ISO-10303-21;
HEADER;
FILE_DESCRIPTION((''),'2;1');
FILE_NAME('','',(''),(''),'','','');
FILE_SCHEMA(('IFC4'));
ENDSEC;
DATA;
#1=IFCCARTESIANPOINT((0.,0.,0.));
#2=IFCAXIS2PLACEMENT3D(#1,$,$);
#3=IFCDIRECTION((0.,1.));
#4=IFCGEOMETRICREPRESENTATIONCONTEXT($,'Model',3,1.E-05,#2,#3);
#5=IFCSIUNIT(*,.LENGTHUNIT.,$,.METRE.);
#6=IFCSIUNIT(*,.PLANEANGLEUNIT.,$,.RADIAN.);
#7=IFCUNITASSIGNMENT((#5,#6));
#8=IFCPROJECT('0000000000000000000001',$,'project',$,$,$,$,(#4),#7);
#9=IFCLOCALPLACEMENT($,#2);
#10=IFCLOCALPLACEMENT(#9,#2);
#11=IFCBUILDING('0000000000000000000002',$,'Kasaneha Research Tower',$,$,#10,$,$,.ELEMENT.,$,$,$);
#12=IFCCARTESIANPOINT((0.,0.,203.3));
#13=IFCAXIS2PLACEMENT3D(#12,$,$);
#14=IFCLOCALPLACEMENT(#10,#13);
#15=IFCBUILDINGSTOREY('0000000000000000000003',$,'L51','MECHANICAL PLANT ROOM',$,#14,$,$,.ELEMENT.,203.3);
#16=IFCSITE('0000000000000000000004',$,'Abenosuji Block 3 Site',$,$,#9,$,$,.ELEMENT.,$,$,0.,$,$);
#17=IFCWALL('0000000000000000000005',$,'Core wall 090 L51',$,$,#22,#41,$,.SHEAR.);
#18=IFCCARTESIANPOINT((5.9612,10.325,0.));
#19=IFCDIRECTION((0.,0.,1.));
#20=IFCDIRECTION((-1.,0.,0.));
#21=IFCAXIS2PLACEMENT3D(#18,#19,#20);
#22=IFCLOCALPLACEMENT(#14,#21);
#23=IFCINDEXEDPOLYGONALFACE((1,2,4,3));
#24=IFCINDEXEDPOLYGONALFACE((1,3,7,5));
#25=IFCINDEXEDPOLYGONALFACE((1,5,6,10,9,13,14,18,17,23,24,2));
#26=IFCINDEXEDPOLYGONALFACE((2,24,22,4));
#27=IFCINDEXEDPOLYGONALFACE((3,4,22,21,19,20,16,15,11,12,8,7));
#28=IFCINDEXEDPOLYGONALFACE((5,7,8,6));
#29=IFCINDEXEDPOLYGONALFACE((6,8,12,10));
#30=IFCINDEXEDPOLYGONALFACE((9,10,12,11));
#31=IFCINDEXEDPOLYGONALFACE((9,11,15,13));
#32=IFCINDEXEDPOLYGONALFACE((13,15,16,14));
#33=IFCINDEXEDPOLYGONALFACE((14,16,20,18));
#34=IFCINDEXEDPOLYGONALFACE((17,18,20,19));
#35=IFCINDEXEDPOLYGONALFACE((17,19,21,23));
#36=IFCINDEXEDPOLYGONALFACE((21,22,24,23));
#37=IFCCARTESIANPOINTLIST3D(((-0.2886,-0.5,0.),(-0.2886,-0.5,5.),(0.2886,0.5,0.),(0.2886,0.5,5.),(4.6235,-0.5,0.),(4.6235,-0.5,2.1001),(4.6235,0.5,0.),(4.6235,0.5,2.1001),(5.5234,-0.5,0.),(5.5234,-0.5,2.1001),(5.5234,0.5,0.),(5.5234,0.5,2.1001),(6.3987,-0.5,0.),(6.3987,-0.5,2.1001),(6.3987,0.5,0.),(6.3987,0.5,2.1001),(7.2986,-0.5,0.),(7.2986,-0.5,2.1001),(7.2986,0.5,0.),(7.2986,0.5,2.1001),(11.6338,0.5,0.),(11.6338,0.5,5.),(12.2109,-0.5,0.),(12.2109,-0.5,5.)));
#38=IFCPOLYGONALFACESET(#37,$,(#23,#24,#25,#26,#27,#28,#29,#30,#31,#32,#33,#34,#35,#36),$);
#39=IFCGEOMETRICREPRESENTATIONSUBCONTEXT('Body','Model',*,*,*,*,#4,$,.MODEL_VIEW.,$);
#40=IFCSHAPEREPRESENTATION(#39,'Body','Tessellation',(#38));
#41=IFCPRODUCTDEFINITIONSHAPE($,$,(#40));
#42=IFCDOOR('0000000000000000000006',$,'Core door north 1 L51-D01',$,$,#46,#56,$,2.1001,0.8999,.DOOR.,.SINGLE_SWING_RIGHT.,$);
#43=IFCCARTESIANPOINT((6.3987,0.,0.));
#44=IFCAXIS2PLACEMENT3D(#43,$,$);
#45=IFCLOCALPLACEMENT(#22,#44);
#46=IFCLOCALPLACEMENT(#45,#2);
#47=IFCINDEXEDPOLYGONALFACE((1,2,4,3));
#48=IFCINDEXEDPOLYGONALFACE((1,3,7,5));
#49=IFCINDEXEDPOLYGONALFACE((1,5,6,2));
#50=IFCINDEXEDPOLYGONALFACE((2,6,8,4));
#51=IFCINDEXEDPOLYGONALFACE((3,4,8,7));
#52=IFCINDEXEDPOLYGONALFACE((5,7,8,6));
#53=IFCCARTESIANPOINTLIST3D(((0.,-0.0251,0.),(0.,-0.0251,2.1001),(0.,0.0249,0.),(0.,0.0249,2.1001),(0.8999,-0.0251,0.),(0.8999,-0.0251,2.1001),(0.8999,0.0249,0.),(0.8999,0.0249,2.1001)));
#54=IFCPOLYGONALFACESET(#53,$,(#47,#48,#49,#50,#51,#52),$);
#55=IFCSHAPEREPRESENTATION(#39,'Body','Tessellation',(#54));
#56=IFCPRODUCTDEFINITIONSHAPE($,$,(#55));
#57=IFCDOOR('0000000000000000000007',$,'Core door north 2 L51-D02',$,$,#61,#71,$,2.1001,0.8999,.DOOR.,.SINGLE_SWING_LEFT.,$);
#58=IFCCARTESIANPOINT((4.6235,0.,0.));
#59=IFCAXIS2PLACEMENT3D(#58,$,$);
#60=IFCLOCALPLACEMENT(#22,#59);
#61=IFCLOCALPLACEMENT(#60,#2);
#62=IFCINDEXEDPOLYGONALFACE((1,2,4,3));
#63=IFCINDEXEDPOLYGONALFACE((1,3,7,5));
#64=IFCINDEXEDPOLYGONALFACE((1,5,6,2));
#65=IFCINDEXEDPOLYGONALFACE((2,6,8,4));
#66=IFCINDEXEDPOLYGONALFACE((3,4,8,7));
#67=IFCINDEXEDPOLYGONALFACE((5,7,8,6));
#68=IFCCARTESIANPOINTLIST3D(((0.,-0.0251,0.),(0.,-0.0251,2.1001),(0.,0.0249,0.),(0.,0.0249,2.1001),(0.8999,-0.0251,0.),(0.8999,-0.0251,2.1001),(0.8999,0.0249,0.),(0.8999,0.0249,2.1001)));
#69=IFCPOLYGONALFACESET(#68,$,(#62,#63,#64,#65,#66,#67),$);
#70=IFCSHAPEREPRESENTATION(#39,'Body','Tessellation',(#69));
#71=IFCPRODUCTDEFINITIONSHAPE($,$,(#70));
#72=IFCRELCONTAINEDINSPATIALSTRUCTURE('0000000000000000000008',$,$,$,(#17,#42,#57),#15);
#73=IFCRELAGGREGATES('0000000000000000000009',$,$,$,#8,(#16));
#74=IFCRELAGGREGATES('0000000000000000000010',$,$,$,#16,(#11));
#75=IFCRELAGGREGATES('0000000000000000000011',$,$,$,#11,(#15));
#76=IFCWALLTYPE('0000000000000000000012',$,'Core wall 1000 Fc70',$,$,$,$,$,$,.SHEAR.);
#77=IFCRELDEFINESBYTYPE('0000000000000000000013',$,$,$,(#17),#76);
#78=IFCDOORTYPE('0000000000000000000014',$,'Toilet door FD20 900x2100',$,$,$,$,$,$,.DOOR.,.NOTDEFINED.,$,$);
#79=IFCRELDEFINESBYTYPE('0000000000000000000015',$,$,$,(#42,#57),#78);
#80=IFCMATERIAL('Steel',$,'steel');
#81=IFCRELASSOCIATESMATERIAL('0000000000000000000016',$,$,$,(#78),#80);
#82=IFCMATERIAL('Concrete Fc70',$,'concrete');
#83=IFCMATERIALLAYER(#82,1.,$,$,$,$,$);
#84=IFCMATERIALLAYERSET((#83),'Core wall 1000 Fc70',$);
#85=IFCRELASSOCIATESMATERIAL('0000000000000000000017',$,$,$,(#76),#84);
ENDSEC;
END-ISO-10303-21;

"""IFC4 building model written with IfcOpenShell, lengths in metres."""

from ifc_helpers import new_model, si_unit, direction, frame, frame_2d, origin, place, context, subcontext, project, spatial, polyline, rectangle, outline, extrude, material, layer, layer_set, type_object, element, fill, save


model = new_model("IFC4")

# Units and contexts
model_context = context("Model", 3, precision=1e-05, world=origin(), true_north=direction((0.0, 1.0)))
body_context = subcontext(model_context, "Body", "Model", "MODEL_VIEW")
ifc_project = project(units=[si_unit("LENGTHUNIT", "METRE"), si_unit("PLANEANGLEUNIT", "RADIAN")], contexts=[model_context])

# Site, building, storey
site_placement = place(None, origin())
site = spatial("IfcSite", under=ifc_project, at=site_placement, Name="Abenosuji Block 3 Site", CompositionType="ELEMENT", RefElevation=0.0)
building_placement = place(site_placement, origin())
building = spatial("IfcBuilding", under=site, at=building_placement, Name="Kasaneha Research Tower", CompositionType="ELEMENT")
storey_placement = place(building_placement, frame((0.0, 0.0, 203.3)))
storey = spatial("IfcBuildingStorey", under=building, at=storey_placement, Name="L51", Description="MECHANICAL PLANT ROOM", CompositionType="ELEMENT", Elevation=203.3)

# Shared definitions
ifc_material_1 = material(Name="Steel", Category="steel")
door_type_1 = type_object("IfcDoorType", Name="Toilet door FD20 900x2100", OperationType="NOTDEFINED", PredefinedType="DOOR", material=ifc_material_1)

# Wall, openings, doors
ifc_material_2 = material(Name="Concrete Fc70", Category="concrete")
ifc_layer_1 = layer(ifc_material_2, 1.0)
ifc_layer_set_1 = layer_set([ifc_layer_1], Name="Core wall 1000 Fc70")
wall_type_1 = type_object("IfcWallType", Name="Core wall 1000 Fc70", PredefinedType="SHEAR", material=ifc_layer_set_1)
wall_1_placement = place(storey_placement, frame((5.9612, 10.325, 0.0), z_axis=(0.0, 0.0, 1.0), x_axis=(-1.0, 0.0, 0.0)))
wall_1 = element("IfcWall", 1, at=wall_1_placement, inside=storey, type_object=wall_type_1, Name="Core wall 090 L51", PredefinedType="SHEAR", context=body_context, shape_type="SweptSolid", body=[
    extrude(outline(polyline([(-0.2886, -0.5), (4.6235, -0.5), (5.5234, -0.5), (6.3987, -0.5), (7.2986, -0.5), (12.2109, -0.5), (11.6338, 0.5), (7.2986, 0.5), (6.3987, 0.5), (5.5234, 0.5), (4.6235, 0.5), (0.2886, 0.5), (-0.2886, -0.5)])), origin(), (0.0, 0.0, 1.0), 5.0),
])
opening_1_placement = place(wall_1_placement, frame((6.3987, 0.0, 0.0)))
opening_1 = element("IfcOpeningElement", 2, at=opening_1_placement, cuts=wall_1, PredefinedType="OPENING", context=body_context, shape_type="SweptSolid", body=[
    extrude(rectangle(XDim=0.8999, YDim=2.1001, at=frame_2d((0.45, 1.05))), frame((0.0, 0.51, 0.0), z_axis=(0.0, -1.0, 0.0), x_axis=(1.0, 0.0, 0.0)), (0.0, 0.0, 1.0), 1.02),
])
opening_2_placement = place(wall_1_placement, frame((4.6235, 0.0, 0.0)))
opening_2 = element("IfcOpeningElement", 3, at=opening_2_placement, cuts=wall_1, PredefinedType="OPENING", context=body_context, shape_type="SweptSolid", body=[
    extrude(rectangle(XDim=0.8999, YDim=2.1001, at=frame_2d((0.45, 1.05))), frame((0.0, 0.51, 0.0), z_axis=(0.0, -1.0, 0.0), x_axis=(1.0, 0.0, 0.0)), (0.0, 0.0, 1.0), 1.02),
])
door_1_placement = place(opening_1_placement, origin())
door_1 = element("IfcDoor", 4, at=door_1_placement, inside=storey, type_object=door_type_1, Name="Core door north 1 L51-D01", OperationType="SINGLE_SWING_RIGHT", OverallHeight=2.1001, OverallWidth=0.8999, PredefinedType="DOOR", context=body_context, shape_type="SweptSolid", body=[
    extrude(rectangle(XDim=0.8999, YDim=2.1001, at=frame_2d((0.45, 1.05))), frame((0.0, 0.0249, 0.0), z_axis=(0.0, -1.0, 0.0), x_axis=(1.0, 0.0, 0.0)), (0.0, 0.0, 1.0), 0.05),
])
fill(opening_1, door_1)
door_2_placement = place(opening_2_placement, origin())
door_2 = element("IfcDoor", 5, at=door_2_placement, inside=storey, type_object=door_type_1, Name="Core door north 2 L51-D02", OperationType="SINGLE_SWING_LEFT", OverallHeight=2.1001, OverallWidth=0.8999, PredefinedType="DOOR", context=body_context, shape_type="SweptSolid", body=[
    extrude(rectangle(XDim=0.8999, YDim=2.1001, at=frame_2d((0.45, 1.05))), frame((0.0, 0.0249, 0.0), z_axis=(0.0, -1.0, 0.0), x_axis=(1.0, 0.0, 0.0)), (0.0, 0.0, 1.0), 0.05),
])
fill(opening_2, door_2)

save(model, "model.ifc")
